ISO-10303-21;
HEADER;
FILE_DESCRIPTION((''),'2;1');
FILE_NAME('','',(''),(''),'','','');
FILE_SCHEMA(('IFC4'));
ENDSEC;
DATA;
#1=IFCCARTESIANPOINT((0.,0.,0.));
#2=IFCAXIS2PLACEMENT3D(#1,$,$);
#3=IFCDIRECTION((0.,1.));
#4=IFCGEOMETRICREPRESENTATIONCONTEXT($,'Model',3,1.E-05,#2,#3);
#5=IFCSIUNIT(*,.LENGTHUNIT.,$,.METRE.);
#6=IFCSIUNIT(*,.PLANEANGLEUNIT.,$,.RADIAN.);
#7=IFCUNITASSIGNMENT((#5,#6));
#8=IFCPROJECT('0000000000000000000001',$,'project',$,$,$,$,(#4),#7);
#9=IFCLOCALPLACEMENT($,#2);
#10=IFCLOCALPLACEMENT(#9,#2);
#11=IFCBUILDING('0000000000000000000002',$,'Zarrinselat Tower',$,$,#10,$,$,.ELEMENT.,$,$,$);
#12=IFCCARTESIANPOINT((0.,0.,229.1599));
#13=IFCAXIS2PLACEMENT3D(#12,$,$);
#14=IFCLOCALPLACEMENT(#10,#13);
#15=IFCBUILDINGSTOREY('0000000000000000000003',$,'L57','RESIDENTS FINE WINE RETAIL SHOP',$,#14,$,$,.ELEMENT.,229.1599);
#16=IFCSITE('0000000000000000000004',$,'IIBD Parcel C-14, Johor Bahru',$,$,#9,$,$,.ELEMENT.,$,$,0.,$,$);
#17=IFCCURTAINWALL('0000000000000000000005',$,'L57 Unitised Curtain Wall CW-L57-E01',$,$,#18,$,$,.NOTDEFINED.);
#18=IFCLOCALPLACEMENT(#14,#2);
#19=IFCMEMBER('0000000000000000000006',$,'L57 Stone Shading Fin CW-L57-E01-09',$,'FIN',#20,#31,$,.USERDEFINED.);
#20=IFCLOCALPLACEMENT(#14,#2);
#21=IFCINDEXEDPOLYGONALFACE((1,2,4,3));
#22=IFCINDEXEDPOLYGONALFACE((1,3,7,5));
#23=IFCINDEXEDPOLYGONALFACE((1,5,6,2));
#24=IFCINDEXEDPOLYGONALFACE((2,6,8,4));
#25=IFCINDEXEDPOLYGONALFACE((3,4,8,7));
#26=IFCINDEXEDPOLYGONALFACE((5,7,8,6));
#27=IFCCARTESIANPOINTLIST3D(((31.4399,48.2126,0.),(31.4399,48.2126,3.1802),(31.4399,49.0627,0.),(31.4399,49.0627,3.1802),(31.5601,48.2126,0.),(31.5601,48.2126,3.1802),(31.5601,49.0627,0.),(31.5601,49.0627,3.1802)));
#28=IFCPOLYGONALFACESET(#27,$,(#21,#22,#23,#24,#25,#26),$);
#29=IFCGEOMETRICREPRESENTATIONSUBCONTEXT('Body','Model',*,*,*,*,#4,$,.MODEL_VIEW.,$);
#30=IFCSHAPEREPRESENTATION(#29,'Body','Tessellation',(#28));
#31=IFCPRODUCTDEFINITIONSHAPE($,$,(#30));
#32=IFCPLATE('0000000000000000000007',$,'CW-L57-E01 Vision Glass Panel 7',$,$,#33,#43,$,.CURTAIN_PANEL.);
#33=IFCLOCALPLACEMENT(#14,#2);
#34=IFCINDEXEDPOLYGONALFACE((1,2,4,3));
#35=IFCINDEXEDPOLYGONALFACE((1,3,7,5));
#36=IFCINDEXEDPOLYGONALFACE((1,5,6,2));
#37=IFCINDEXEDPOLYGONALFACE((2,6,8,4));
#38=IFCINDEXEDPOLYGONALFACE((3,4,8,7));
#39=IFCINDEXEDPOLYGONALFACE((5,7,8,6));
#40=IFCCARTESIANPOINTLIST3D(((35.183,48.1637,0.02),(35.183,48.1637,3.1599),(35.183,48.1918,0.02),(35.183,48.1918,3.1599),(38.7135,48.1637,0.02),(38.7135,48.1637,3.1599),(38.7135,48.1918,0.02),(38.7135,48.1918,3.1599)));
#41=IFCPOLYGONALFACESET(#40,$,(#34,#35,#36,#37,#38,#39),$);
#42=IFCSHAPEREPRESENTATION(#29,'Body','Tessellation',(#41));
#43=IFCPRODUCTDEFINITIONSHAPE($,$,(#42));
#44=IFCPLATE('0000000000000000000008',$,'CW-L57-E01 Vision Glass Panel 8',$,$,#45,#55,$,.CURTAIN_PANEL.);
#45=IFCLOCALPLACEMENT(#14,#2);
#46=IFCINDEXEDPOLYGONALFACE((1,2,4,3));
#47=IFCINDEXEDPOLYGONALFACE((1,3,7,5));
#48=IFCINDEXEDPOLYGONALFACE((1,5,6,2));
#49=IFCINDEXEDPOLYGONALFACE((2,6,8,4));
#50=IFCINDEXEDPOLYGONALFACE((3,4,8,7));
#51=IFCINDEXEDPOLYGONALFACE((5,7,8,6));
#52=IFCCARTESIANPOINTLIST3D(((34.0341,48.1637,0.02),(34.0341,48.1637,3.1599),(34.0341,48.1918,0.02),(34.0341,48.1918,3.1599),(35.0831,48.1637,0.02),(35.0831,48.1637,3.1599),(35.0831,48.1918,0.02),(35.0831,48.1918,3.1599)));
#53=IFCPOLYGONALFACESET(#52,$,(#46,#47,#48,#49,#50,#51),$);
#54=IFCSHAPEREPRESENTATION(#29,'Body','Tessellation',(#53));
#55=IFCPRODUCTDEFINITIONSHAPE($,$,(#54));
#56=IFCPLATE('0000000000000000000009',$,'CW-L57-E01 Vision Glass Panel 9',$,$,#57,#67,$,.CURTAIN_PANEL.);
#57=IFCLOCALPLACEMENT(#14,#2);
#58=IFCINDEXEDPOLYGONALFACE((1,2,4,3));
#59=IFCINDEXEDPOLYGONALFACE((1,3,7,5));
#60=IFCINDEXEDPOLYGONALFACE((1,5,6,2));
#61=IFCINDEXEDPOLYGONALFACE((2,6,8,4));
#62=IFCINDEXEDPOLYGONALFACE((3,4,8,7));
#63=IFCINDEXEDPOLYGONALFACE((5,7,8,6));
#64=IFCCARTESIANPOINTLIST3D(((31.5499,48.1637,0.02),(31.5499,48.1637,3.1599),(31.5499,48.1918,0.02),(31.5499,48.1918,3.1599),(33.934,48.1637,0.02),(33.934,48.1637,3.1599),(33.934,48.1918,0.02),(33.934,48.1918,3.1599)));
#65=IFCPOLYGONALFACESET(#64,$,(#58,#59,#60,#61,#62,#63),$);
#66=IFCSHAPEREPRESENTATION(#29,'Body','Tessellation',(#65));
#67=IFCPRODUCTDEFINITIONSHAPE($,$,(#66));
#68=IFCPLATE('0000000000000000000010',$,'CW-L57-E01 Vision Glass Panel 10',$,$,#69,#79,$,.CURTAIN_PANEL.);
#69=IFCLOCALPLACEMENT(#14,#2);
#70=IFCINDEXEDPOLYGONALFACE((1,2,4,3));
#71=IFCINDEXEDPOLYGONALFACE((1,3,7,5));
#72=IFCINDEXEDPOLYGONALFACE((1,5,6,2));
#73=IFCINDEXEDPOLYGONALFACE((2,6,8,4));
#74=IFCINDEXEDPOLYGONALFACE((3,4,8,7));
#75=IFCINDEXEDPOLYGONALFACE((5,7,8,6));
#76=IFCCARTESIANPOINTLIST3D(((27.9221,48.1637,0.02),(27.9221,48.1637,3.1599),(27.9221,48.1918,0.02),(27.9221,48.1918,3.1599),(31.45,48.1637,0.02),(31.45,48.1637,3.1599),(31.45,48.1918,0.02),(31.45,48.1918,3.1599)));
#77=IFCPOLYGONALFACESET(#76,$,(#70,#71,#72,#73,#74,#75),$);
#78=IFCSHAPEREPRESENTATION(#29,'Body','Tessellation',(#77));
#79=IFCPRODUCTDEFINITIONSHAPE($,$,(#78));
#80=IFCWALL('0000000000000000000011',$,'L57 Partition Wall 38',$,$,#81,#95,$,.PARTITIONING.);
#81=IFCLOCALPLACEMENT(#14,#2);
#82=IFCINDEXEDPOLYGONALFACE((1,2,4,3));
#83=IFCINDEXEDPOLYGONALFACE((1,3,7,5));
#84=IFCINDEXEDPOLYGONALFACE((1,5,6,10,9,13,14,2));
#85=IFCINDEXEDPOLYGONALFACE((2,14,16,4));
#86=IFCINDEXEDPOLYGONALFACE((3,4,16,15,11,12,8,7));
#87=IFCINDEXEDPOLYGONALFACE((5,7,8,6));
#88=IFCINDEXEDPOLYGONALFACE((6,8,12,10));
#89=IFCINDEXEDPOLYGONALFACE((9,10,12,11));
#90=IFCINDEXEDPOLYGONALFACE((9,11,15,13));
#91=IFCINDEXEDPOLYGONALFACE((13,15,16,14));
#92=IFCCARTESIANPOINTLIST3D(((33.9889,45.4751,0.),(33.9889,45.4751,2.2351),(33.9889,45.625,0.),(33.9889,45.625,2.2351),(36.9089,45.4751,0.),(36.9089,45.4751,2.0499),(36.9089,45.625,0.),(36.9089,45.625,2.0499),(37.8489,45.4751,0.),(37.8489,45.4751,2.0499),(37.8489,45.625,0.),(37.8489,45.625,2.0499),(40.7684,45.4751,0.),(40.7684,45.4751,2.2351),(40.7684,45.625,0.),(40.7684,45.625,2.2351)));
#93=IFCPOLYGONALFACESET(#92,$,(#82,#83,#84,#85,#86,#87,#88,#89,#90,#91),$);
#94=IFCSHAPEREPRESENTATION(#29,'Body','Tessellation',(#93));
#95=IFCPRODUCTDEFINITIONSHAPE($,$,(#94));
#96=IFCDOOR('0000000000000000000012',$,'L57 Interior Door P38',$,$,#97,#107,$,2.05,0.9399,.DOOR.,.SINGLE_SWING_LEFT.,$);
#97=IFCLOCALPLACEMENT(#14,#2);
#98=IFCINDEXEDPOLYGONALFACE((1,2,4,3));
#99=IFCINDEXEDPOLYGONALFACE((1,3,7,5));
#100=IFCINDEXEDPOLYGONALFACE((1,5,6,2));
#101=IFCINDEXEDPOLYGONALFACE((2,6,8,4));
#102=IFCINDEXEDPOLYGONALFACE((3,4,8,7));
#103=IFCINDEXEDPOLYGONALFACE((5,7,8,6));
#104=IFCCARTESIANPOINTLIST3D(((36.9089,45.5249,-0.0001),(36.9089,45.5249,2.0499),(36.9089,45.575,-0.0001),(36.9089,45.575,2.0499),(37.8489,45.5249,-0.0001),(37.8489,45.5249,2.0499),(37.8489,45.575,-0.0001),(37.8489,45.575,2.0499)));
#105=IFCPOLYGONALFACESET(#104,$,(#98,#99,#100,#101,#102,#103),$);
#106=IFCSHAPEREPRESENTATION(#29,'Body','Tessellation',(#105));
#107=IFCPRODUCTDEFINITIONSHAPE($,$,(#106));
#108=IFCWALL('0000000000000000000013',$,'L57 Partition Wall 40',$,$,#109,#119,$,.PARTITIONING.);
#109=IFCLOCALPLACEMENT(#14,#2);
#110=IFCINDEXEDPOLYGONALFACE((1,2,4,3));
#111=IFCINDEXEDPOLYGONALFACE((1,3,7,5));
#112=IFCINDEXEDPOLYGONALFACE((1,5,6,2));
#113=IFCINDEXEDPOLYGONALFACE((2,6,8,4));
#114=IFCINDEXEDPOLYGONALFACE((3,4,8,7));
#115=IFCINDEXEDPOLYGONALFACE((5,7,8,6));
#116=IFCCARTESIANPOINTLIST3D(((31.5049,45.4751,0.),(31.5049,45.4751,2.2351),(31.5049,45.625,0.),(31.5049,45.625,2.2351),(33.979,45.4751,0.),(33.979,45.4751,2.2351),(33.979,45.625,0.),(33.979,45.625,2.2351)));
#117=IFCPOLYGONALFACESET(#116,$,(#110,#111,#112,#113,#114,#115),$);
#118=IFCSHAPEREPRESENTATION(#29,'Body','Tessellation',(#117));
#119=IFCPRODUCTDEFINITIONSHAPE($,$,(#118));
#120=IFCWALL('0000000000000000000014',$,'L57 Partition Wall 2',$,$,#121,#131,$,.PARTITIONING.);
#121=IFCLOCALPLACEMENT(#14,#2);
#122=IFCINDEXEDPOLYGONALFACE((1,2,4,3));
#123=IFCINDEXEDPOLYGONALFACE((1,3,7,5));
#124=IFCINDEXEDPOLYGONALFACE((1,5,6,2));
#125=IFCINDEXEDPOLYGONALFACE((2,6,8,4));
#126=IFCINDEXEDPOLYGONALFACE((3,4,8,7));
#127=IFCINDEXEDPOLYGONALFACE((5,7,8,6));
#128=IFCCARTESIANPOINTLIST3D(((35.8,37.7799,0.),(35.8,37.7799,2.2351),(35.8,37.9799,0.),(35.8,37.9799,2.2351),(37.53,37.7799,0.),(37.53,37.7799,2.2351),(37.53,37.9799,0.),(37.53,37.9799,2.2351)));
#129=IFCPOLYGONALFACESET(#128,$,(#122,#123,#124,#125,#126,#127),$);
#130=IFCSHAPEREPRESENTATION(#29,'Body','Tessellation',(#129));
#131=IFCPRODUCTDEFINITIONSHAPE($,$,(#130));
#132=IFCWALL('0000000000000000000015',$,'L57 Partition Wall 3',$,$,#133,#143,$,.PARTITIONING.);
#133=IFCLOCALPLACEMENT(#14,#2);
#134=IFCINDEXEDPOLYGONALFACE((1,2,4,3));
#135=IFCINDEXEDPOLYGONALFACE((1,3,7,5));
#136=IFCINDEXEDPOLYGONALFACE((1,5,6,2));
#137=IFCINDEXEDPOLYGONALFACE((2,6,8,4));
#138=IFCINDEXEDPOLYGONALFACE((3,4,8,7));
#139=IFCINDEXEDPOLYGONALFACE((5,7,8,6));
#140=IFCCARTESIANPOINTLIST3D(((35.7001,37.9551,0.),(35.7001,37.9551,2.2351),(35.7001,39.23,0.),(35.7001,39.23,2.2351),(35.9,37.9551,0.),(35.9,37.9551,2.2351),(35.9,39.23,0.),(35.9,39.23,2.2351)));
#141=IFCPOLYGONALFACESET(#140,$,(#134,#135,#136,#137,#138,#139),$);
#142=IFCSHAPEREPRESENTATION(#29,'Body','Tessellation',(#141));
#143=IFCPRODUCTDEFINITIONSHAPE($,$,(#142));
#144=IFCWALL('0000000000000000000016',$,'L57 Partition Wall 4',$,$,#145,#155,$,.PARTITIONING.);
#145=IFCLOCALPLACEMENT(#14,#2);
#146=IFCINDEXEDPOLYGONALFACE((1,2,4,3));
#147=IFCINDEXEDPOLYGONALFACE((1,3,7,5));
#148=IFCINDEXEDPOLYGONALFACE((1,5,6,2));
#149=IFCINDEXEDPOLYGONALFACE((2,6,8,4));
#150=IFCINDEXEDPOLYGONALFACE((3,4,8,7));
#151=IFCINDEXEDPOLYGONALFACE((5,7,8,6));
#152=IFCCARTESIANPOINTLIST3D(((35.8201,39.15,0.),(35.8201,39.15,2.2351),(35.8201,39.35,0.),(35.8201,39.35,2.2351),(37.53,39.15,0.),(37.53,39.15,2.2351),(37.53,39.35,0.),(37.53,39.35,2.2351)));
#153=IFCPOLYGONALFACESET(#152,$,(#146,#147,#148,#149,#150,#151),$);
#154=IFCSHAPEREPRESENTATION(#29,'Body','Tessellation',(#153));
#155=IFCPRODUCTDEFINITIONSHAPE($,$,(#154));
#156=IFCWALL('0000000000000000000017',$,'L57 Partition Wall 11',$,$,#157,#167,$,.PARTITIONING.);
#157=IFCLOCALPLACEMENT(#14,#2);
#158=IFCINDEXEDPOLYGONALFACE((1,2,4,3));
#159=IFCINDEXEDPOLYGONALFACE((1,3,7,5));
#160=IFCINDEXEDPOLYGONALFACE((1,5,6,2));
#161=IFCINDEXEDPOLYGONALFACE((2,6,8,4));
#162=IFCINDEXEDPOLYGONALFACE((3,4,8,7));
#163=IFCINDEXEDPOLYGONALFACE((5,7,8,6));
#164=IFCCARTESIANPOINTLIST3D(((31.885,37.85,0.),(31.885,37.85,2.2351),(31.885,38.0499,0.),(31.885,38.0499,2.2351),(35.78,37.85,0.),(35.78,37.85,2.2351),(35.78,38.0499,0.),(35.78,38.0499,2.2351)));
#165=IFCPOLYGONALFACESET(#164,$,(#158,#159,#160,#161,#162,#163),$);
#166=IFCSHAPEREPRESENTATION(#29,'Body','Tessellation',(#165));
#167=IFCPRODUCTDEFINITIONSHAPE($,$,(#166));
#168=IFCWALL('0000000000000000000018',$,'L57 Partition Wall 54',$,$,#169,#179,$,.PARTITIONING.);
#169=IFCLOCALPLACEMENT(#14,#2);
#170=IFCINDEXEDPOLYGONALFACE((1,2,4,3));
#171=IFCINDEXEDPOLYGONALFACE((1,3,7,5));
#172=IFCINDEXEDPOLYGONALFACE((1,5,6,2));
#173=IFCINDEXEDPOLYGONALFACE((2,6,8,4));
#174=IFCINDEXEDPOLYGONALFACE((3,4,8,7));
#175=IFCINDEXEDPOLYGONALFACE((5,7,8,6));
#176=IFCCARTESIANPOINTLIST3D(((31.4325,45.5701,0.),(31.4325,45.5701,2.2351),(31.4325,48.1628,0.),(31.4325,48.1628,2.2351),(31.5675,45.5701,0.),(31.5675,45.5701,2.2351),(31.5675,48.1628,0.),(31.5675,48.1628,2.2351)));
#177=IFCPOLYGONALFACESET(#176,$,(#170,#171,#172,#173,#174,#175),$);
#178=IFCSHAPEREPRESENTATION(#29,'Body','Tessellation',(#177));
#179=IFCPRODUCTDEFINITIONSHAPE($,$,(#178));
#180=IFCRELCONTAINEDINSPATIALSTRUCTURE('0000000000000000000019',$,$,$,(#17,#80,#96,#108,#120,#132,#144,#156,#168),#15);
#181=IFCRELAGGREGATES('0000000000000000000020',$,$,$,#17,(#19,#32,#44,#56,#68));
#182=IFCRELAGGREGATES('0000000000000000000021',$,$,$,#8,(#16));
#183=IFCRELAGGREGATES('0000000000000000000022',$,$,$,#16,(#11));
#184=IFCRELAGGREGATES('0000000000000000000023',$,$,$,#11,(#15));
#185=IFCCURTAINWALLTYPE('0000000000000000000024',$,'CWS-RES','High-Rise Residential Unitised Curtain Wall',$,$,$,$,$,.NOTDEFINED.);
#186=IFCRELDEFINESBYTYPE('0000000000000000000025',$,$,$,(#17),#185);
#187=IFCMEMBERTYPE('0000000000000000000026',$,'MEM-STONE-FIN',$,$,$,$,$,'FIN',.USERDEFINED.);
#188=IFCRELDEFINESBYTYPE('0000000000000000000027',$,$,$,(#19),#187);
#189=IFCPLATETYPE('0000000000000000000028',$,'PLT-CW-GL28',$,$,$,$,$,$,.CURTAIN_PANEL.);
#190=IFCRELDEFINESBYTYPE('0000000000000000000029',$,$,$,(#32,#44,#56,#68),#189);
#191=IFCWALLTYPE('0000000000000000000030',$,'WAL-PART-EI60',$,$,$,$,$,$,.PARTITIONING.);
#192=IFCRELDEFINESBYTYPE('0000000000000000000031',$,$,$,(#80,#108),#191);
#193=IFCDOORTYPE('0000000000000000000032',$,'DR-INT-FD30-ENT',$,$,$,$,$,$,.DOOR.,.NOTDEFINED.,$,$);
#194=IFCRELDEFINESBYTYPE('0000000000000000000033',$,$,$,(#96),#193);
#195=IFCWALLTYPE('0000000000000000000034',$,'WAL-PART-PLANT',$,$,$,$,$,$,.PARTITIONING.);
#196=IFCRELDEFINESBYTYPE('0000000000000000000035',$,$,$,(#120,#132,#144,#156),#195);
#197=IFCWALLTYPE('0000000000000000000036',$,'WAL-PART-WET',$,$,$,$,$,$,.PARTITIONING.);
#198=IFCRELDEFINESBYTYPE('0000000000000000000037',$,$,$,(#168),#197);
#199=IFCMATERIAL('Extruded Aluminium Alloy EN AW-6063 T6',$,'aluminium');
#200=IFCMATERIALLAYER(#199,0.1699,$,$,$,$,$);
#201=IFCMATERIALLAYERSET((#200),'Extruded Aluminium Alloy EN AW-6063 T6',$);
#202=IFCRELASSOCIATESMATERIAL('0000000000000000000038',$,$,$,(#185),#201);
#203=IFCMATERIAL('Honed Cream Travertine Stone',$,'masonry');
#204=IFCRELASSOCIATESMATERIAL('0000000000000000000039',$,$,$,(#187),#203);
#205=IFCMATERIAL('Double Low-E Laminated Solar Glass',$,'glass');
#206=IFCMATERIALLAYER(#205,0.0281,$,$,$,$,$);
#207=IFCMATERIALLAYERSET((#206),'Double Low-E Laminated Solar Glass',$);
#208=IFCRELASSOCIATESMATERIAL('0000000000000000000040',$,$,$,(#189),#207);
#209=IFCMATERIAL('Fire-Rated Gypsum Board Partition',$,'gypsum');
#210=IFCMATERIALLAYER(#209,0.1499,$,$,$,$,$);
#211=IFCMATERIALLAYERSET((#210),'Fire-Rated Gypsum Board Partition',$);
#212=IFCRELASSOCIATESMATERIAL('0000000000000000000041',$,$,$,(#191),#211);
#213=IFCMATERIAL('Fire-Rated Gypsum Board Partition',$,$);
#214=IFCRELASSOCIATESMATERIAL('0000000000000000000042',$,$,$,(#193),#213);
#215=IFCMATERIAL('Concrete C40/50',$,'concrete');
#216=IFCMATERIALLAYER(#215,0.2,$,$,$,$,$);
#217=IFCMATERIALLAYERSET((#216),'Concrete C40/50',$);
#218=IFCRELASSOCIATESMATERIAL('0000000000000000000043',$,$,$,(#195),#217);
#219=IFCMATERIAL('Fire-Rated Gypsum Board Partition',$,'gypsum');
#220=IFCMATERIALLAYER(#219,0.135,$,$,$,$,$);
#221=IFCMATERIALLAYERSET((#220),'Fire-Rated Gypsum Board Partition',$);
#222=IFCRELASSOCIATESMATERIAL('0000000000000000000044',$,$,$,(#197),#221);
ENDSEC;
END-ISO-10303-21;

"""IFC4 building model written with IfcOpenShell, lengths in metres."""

from ifc_helpers import new_model, si_unit, direction, frame, frame_2d, origin, origin_2d, place, context, subcontext, project, spatial, rectangle, extrude, material, layer, layer_set, material_profile, profile_set, type_object, element, fill, aggregate, save


model = new_model("IFC4")

# Units and contexts
model_context = context("Model", 3, precision=1e-05, world=origin(), true_north=direction((0.0, 1.0)))
body_context = subcontext(model_context, "Body", "Model", "MODEL_VIEW")
ifc_project = project(units=[si_unit("LENGTHUNIT", "METRE"), si_unit("PLANEANGLEUNIT", "RADIAN")], contexts=[model_context])

# Site, building, storey
site_placement = place(None, origin())
site = spatial("IfcSite", under=ifc_project, at=site_placement, Name="IIBD Parcel C-14, Johor Bahru", CompositionType="ELEMENT", RefElevation=0.0)
building_placement = place(site_placement, origin())
building = spatial("IfcBuilding", under=site, at=building_placement, Name="Zarrinselat Tower", CompositionType="ELEMENT")
storey_placement = place(building_placement, frame((0.0, 0.0, 229.1599)))
storey = spatial("IfcBuildingStorey", under=building, at=storey_placement, Name="L57", Description="RESIDENTS FINE WINE RETAIL SHOP", CompositionType="ELEMENT", Elevation=229.1599)

# Curtain wall, member, plates
ifc_material_1 = material(Name="Extruded Aluminium Alloy EN AW-6063 T6", Category="aluminium")
ifc_layer_1 = layer(ifc_material_1, 0.1699)
ifc_layer_set_1 = layer_set([ifc_layer_1], Name="Extruded Aluminium Alloy EN AW-6063 T6")
curtain_wall_type = type_object("IfcCurtainWallType", Name="CWS-RES", Description="High-Rise Residential Unitised Curtain Wall", PredefinedType="NOTDEFINED", material=ifc_layer_set_1)
curtain_wall_placement = place(storey_placement, origin())
curtain_wall = element("IfcCurtainWall", 1, at=curtain_wall_placement, inside=storey, type_object=curtain_wall_type, Name="L57 Unitised Curtain Wall CW-L57-E01", PredefinedType="NOTDEFINED")
ifc_material_2 = material(Name="Honed Cream Travertine Stone", Category="masonry")
ifc_material_profile_1 = material_profile(ifc_material_2, rectangle(XDim=0.1201, YDim=0.8501, at=origin_2d()), Name="FIN 850x120")
ifc_profile_set_1 = profile_set([ifc_material_profile_1], Name="Honed Cream Travertine Stone")
member_type_1 = type_object("IfcMemberType", Name="MEM-STONE-FIN", ElementType="FIN", PredefinedType="USERDEFINED", material=ifc_profile_set_1)
member_1_placement = place(storey_placement, frame((31.5, 48.6377, 0.0), z_axis=(0.0, 0.0, 1.0), x_axis=(1.0, 0.0, 0.0)))
member_1 = element("IfcMember", 2, at=member_1_placement, type_object=member_type_1, Name="L57 Stone Shading Fin CW-L57-E01-09", ObjectType="FIN", PredefinedType="USERDEFINED", context=body_context, shape_type="SweptSolid", body=[
    extrude(rectangle(XDim=0.1201, YDim=0.8501, at=origin_2d()), origin(), (0.0, 0.0, 1.0), 3.1802),
])
ifc_material_3 = material(Name="Double Low-E Laminated Solar Glass", Category="glass")
ifc_layer_2 = layer(ifc_material_3, 0.0281)
ifc_layer_set_2 = layer_set([ifc_layer_2], Name="Double Low-E Laminated Solar Glass")
plate_type = type_object("IfcPlateType", Name="PLT-CW-GL28", PredefinedType="CURTAIN_PANEL", material=ifc_layer_set_2)
plate_1_placement = place(storey_placement, frame((36.9482, 48.1777, 0.02), z_axis=(0.0, 0.0, 1.0), x_axis=(-1.0, 0.0, 0.0)))
plate_1 = element("IfcPlate", 3, at=plate_1_placement, type_object=plate_type, Name="CW-L57-E01 Vision Glass Panel 7", PredefinedType="CURTAIN_PANEL", context=body_context, shape_type="SweptSolid", body=[
    extrude(rectangle(XDim=3.5305, YDim=0.0281, at=origin_2d()), origin(), (0.0, 0.0, 1.0), 3.1399),
])
plate_2_placement = place(storey_placement, frame((34.5586, 48.1777, 0.02), z_axis=(0.0, 0.0, 1.0), x_axis=(-1.0, 0.0, 0.0)))
plate_2 = element("IfcPlate", 4, at=plate_2_placement, type_object=plate_type, Name="CW-L57-E01 Vision Glass Panel 8", PredefinedType="CURTAIN_PANEL", context=body_context, shape_type="SweptSolid", body=[
    extrude(rectangle(XDim=1.0491, YDim=0.0281, at=origin_2d()), origin(), (0.0, 0.0, 1.0), 3.1399),
])
plate_3_placement = place(storey_placement, frame((32.7419, 48.1777, 0.02), z_axis=(0.0, 0.0, 1.0), x_axis=(-1.0, 0.0, 0.0)))
plate_3 = element("IfcPlate", 5, at=plate_3_placement, type_object=plate_type, Name="CW-L57-E01 Vision Glass Panel 9", PredefinedType="CURTAIN_PANEL", context=body_context, shape_type="SweptSolid", body=[
    extrude(rectangle(XDim=2.384, YDim=0.0281, at=origin_2d()), origin(), (0.0, 0.0, 1.0), 3.1399),
])
plate_4_placement = place(storey_placement, frame((29.686, 48.1777, 0.02), z_axis=(0.0, 0.0, 1.0), x_axis=(-1.0, 0.0, 0.0)))
plate_4 = element("IfcPlate", 6, at=plate_4_placement, type_object=plate_type, Name="CW-L57-E01 Vision Glass Panel 10", PredefinedType="CURTAIN_PANEL", context=body_context, shape_type="SweptSolid", body=[
    extrude(rectangle(XDim=3.5278, YDim=0.0281, at=origin_2d()), origin(), (0.0, 0.0, 1.0), 3.1399),
])
aggregate(curtain_wall, [member_1, plate_1, plate_2, plate_3, plate_4])

# Wall, opening, door
ifc_material_4 = material(Name="Fire-Rated Gypsum Board Partition", Category="gypsum")
ifc_layer_3 = layer(ifc_material_4, 0.1499)
ifc_layer_set_3 = layer_set([ifc_layer_3], Name="Fire-Rated Gypsum Board Partition")
wall_type_1 = type_object("IfcWallType", Name="WAL-PART-EI60", PredefinedType="PARTITIONING", material=ifc_layer_set_3)
wall_1_placement = place(storey_placement, frame((33.989, 45.55, 0.0), z_axis=(0.0, 0.0, 1.0), x_axis=(1.0, 0.0, 0.0)))
wall_1 = element("IfcWall", 7, at=wall_1_placement, inside=storey, type_object=wall_type_1, Name="L57 Partition Wall 38", PredefinedType="PARTITIONING", context=body_context, shape_type="SweptSolid", body=[
    extrude(rectangle(XDim=6.7795, YDim=0.1499, at=frame_2d((3.3896, 0.0))), origin(), (0.0, 0.0, 1.0), 2.2351),
])
opening_1_placement = place(wall_1_placement, frame((2.9199, 0.0, 0.0)))
opening_1 = element("IfcOpeningElement", 8, at=opening_1_placement, cuts=wall_1, PredefinedType="OPENING", context=body_context, shape_type="SweptSolid", body=[
    extrude(rectangle(XDim=0.9399, YDim=2.05, at=frame_2d((0.47, 1.0249))), frame((0.0, 0.085, 0.0), z_axis=(0.0, -1.0, 0.0), x_axis=(1.0, 0.0, 0.0)), (0.0, 0.0, 1.0), 0.1699),
])
ifc_material_5 = material(Name="Fire-Rated Gypsum Board Partition")
door_type_1 = type_object("IfcDoorType", Name="DR-INT-FD30-ENT", OperationType="NOTDEFINED", PredefinedType="DOOR", material=ifc_material_5)
door_1_placement = place(opening_1_placement, origin())
door_1 = element("IfcDoor", 9, at=door_1_placement, inside=storey, type_object=door_type_1, Name="L57 Interior Door P38", OperationType="SINGLE_SWING_LEFT", OverallHeight=2.05, OverallWidth=0.9399, PredefinedType="DOOR", context=body_context, shape_type="SweptSolid", body=[
    extrude(rectangle(XDim=0.9399, YDim=2.05, at=frame_2d((0.47, 1.0249))), frame((0.0, 0.0249, 0.0), z_axis=(0.0, -1.0, 0.0), x_axis=(1.0, 0.0, 0.0)), (0.0, 0.0, 1.0), 0.05),
])
fill(opening_1, door_1)

# Walls
wall_2_placement = place(storey_placement, frame((31.5049, 45.55, 0.0), z_axis=(0.0, 0.0, 1.0), x_axis=(1.0, 0.0, 0.0)))
element("IfcWall", 10, at=wall_2_placement, inside=storey, type_object=wall_type_1, Name="L57 Partition Wall 40", PredefinedType="PARTITIONING", context=body_context, shape_type="SweptSolid", body=[
    extrude(rectangle(XDim=2.4741, YDim=0.1499, at=frame_2d((1.2371, 0.0))), origin(), (0.0, 0.0, 1.0), 2.2351),
])
ifc_material_6 = material(Name="Concrete C40/50", Category="concrete")
ifc_layer_4 = layer(ifc_material_6, 0.2)
ifc_layer_set_4 = layer_set([ifc_layer_4], Name="Concrete C40/50")
wall_type_2 = type_object("IfcWallType", Name="WAL-PART-PLANT", PredefinedType="PARTITIONING", material=ifc_layer_set_4)
wall_3_placement = place(storey_placement, frame((35.8, 37.8799, 0.0), z_axis=(0.0, 0.0, 1.0), x_axis=(1.0, 0.0, 0.0)))
element("IfcWall", 11, at=wall_3_placement, inside=storey, type_object=wall_type_2, Name="L57 Partition Wall 2", PredefinedType="PARTITIONING", context=body_context, shape_type="SweptSolid", body=[
    extrude(rectangle(XDim=1.73, YDim=0.2, at=frame_2d((0.865, 0.0))), origin(), (0.0, 0.0, 1.0), 2.2351),
])
wall_4_placement = place(storey_placement, frame((35.8, 37.9551, 0.0), z_axis=(0.0, 0.0, 1.0), x_axis=(0.0, 1.0, 0.0)))
element("IfcWall", 12, at=wall_4_placement, inside=storey, type_object=wall_type_2, Name="L57 Partition Wall 3", PredefinedType="PARTITIONING", context=body_context, shape_type="SweptSolid", body=[
    extrude(rectangle(XDim=1.2749, YDim=0.2, at=frame_2d((0.6375, 0.0))), origin(), (0.0, 0.0, 1.0), 2.2351),
])
wall_5_placement = place(storey_placement, frame((35.8201, 39.25, 0.0), z_axis=(0.0, 0.0, 1.0), x_axis=(1.0, 0.0, 0.0)))
element("IfcWall", 13, at=wall_5_placement, inside=storey, type_object=wall_type_2, Name="L57 Partition Wall 4", PredefinedType="PARTITIONING", context=body_context, shape_type="SweptSolid", body=[
    extrude(rectangle(XDim=1.71, YDim=0.2, at=frame_2d((0.855, 0.0))), origin(), (0.0, 0.0, 1.0), 2.2351),
])
wall_6_placement = place(storey_placement, frame((31.885, 37.95, 0.0), z_axis=(0.0, 0.0, 1.0), x_axis=(1.0, 0.0, 0.0)))
element("IfcWall", 14, at=wall_6_placement, inside=storey, type_object=wall_type_2, Name="L57 Partition Wall 11", PredefinedType="PARTITIONING", context=body_context, shape_type="SweptSolid", body=[
    extrude(rectangle(XDim=3.895, YDim=0.2, at=frame_2d((1.9475, 0.0))), origin(), (0.0, 0.0, 1.0), 2.2351),
])
ifc_material_7 = material(Name="Fire-Rated Gypsum Board Partition", Category="gypsum")
ifc_layer_5 = layer(ifc_material_7, 0.135)
ifc_layer_set_5 = layer_set([ifc_layer_5], Name="Fire-Rated Gypsum Board Partition")
wall_type_3 = type_object("IfcWallType", Name="WAL-PART-WET", PredefinedType="PARTITIONING", material=ifc_layer_set_5)
wall_7_placement = place(storey_placement, frame((31.5, 45.5701, 0.0), z_axis=(0.0, 0.0, 1.0), x_axis=(0.0, 1.0, 0.0)))
element("IfcWall", 15, at=wall_7_placement, inside=storey, type_object=wall_type_3, Name="L57 Partition Wall 54", PredefinedType="PARTITIONING", context=body_context, shape_type="SweptSolid", body=[
    extrude(rectangle(XDim=2.5928, YDim=0.135, at=frame_2d((1.2964, 0.0))), origin(), (0.0, 0.0, 1.0), 2.2351),
])

save(model, "model.ifc")
